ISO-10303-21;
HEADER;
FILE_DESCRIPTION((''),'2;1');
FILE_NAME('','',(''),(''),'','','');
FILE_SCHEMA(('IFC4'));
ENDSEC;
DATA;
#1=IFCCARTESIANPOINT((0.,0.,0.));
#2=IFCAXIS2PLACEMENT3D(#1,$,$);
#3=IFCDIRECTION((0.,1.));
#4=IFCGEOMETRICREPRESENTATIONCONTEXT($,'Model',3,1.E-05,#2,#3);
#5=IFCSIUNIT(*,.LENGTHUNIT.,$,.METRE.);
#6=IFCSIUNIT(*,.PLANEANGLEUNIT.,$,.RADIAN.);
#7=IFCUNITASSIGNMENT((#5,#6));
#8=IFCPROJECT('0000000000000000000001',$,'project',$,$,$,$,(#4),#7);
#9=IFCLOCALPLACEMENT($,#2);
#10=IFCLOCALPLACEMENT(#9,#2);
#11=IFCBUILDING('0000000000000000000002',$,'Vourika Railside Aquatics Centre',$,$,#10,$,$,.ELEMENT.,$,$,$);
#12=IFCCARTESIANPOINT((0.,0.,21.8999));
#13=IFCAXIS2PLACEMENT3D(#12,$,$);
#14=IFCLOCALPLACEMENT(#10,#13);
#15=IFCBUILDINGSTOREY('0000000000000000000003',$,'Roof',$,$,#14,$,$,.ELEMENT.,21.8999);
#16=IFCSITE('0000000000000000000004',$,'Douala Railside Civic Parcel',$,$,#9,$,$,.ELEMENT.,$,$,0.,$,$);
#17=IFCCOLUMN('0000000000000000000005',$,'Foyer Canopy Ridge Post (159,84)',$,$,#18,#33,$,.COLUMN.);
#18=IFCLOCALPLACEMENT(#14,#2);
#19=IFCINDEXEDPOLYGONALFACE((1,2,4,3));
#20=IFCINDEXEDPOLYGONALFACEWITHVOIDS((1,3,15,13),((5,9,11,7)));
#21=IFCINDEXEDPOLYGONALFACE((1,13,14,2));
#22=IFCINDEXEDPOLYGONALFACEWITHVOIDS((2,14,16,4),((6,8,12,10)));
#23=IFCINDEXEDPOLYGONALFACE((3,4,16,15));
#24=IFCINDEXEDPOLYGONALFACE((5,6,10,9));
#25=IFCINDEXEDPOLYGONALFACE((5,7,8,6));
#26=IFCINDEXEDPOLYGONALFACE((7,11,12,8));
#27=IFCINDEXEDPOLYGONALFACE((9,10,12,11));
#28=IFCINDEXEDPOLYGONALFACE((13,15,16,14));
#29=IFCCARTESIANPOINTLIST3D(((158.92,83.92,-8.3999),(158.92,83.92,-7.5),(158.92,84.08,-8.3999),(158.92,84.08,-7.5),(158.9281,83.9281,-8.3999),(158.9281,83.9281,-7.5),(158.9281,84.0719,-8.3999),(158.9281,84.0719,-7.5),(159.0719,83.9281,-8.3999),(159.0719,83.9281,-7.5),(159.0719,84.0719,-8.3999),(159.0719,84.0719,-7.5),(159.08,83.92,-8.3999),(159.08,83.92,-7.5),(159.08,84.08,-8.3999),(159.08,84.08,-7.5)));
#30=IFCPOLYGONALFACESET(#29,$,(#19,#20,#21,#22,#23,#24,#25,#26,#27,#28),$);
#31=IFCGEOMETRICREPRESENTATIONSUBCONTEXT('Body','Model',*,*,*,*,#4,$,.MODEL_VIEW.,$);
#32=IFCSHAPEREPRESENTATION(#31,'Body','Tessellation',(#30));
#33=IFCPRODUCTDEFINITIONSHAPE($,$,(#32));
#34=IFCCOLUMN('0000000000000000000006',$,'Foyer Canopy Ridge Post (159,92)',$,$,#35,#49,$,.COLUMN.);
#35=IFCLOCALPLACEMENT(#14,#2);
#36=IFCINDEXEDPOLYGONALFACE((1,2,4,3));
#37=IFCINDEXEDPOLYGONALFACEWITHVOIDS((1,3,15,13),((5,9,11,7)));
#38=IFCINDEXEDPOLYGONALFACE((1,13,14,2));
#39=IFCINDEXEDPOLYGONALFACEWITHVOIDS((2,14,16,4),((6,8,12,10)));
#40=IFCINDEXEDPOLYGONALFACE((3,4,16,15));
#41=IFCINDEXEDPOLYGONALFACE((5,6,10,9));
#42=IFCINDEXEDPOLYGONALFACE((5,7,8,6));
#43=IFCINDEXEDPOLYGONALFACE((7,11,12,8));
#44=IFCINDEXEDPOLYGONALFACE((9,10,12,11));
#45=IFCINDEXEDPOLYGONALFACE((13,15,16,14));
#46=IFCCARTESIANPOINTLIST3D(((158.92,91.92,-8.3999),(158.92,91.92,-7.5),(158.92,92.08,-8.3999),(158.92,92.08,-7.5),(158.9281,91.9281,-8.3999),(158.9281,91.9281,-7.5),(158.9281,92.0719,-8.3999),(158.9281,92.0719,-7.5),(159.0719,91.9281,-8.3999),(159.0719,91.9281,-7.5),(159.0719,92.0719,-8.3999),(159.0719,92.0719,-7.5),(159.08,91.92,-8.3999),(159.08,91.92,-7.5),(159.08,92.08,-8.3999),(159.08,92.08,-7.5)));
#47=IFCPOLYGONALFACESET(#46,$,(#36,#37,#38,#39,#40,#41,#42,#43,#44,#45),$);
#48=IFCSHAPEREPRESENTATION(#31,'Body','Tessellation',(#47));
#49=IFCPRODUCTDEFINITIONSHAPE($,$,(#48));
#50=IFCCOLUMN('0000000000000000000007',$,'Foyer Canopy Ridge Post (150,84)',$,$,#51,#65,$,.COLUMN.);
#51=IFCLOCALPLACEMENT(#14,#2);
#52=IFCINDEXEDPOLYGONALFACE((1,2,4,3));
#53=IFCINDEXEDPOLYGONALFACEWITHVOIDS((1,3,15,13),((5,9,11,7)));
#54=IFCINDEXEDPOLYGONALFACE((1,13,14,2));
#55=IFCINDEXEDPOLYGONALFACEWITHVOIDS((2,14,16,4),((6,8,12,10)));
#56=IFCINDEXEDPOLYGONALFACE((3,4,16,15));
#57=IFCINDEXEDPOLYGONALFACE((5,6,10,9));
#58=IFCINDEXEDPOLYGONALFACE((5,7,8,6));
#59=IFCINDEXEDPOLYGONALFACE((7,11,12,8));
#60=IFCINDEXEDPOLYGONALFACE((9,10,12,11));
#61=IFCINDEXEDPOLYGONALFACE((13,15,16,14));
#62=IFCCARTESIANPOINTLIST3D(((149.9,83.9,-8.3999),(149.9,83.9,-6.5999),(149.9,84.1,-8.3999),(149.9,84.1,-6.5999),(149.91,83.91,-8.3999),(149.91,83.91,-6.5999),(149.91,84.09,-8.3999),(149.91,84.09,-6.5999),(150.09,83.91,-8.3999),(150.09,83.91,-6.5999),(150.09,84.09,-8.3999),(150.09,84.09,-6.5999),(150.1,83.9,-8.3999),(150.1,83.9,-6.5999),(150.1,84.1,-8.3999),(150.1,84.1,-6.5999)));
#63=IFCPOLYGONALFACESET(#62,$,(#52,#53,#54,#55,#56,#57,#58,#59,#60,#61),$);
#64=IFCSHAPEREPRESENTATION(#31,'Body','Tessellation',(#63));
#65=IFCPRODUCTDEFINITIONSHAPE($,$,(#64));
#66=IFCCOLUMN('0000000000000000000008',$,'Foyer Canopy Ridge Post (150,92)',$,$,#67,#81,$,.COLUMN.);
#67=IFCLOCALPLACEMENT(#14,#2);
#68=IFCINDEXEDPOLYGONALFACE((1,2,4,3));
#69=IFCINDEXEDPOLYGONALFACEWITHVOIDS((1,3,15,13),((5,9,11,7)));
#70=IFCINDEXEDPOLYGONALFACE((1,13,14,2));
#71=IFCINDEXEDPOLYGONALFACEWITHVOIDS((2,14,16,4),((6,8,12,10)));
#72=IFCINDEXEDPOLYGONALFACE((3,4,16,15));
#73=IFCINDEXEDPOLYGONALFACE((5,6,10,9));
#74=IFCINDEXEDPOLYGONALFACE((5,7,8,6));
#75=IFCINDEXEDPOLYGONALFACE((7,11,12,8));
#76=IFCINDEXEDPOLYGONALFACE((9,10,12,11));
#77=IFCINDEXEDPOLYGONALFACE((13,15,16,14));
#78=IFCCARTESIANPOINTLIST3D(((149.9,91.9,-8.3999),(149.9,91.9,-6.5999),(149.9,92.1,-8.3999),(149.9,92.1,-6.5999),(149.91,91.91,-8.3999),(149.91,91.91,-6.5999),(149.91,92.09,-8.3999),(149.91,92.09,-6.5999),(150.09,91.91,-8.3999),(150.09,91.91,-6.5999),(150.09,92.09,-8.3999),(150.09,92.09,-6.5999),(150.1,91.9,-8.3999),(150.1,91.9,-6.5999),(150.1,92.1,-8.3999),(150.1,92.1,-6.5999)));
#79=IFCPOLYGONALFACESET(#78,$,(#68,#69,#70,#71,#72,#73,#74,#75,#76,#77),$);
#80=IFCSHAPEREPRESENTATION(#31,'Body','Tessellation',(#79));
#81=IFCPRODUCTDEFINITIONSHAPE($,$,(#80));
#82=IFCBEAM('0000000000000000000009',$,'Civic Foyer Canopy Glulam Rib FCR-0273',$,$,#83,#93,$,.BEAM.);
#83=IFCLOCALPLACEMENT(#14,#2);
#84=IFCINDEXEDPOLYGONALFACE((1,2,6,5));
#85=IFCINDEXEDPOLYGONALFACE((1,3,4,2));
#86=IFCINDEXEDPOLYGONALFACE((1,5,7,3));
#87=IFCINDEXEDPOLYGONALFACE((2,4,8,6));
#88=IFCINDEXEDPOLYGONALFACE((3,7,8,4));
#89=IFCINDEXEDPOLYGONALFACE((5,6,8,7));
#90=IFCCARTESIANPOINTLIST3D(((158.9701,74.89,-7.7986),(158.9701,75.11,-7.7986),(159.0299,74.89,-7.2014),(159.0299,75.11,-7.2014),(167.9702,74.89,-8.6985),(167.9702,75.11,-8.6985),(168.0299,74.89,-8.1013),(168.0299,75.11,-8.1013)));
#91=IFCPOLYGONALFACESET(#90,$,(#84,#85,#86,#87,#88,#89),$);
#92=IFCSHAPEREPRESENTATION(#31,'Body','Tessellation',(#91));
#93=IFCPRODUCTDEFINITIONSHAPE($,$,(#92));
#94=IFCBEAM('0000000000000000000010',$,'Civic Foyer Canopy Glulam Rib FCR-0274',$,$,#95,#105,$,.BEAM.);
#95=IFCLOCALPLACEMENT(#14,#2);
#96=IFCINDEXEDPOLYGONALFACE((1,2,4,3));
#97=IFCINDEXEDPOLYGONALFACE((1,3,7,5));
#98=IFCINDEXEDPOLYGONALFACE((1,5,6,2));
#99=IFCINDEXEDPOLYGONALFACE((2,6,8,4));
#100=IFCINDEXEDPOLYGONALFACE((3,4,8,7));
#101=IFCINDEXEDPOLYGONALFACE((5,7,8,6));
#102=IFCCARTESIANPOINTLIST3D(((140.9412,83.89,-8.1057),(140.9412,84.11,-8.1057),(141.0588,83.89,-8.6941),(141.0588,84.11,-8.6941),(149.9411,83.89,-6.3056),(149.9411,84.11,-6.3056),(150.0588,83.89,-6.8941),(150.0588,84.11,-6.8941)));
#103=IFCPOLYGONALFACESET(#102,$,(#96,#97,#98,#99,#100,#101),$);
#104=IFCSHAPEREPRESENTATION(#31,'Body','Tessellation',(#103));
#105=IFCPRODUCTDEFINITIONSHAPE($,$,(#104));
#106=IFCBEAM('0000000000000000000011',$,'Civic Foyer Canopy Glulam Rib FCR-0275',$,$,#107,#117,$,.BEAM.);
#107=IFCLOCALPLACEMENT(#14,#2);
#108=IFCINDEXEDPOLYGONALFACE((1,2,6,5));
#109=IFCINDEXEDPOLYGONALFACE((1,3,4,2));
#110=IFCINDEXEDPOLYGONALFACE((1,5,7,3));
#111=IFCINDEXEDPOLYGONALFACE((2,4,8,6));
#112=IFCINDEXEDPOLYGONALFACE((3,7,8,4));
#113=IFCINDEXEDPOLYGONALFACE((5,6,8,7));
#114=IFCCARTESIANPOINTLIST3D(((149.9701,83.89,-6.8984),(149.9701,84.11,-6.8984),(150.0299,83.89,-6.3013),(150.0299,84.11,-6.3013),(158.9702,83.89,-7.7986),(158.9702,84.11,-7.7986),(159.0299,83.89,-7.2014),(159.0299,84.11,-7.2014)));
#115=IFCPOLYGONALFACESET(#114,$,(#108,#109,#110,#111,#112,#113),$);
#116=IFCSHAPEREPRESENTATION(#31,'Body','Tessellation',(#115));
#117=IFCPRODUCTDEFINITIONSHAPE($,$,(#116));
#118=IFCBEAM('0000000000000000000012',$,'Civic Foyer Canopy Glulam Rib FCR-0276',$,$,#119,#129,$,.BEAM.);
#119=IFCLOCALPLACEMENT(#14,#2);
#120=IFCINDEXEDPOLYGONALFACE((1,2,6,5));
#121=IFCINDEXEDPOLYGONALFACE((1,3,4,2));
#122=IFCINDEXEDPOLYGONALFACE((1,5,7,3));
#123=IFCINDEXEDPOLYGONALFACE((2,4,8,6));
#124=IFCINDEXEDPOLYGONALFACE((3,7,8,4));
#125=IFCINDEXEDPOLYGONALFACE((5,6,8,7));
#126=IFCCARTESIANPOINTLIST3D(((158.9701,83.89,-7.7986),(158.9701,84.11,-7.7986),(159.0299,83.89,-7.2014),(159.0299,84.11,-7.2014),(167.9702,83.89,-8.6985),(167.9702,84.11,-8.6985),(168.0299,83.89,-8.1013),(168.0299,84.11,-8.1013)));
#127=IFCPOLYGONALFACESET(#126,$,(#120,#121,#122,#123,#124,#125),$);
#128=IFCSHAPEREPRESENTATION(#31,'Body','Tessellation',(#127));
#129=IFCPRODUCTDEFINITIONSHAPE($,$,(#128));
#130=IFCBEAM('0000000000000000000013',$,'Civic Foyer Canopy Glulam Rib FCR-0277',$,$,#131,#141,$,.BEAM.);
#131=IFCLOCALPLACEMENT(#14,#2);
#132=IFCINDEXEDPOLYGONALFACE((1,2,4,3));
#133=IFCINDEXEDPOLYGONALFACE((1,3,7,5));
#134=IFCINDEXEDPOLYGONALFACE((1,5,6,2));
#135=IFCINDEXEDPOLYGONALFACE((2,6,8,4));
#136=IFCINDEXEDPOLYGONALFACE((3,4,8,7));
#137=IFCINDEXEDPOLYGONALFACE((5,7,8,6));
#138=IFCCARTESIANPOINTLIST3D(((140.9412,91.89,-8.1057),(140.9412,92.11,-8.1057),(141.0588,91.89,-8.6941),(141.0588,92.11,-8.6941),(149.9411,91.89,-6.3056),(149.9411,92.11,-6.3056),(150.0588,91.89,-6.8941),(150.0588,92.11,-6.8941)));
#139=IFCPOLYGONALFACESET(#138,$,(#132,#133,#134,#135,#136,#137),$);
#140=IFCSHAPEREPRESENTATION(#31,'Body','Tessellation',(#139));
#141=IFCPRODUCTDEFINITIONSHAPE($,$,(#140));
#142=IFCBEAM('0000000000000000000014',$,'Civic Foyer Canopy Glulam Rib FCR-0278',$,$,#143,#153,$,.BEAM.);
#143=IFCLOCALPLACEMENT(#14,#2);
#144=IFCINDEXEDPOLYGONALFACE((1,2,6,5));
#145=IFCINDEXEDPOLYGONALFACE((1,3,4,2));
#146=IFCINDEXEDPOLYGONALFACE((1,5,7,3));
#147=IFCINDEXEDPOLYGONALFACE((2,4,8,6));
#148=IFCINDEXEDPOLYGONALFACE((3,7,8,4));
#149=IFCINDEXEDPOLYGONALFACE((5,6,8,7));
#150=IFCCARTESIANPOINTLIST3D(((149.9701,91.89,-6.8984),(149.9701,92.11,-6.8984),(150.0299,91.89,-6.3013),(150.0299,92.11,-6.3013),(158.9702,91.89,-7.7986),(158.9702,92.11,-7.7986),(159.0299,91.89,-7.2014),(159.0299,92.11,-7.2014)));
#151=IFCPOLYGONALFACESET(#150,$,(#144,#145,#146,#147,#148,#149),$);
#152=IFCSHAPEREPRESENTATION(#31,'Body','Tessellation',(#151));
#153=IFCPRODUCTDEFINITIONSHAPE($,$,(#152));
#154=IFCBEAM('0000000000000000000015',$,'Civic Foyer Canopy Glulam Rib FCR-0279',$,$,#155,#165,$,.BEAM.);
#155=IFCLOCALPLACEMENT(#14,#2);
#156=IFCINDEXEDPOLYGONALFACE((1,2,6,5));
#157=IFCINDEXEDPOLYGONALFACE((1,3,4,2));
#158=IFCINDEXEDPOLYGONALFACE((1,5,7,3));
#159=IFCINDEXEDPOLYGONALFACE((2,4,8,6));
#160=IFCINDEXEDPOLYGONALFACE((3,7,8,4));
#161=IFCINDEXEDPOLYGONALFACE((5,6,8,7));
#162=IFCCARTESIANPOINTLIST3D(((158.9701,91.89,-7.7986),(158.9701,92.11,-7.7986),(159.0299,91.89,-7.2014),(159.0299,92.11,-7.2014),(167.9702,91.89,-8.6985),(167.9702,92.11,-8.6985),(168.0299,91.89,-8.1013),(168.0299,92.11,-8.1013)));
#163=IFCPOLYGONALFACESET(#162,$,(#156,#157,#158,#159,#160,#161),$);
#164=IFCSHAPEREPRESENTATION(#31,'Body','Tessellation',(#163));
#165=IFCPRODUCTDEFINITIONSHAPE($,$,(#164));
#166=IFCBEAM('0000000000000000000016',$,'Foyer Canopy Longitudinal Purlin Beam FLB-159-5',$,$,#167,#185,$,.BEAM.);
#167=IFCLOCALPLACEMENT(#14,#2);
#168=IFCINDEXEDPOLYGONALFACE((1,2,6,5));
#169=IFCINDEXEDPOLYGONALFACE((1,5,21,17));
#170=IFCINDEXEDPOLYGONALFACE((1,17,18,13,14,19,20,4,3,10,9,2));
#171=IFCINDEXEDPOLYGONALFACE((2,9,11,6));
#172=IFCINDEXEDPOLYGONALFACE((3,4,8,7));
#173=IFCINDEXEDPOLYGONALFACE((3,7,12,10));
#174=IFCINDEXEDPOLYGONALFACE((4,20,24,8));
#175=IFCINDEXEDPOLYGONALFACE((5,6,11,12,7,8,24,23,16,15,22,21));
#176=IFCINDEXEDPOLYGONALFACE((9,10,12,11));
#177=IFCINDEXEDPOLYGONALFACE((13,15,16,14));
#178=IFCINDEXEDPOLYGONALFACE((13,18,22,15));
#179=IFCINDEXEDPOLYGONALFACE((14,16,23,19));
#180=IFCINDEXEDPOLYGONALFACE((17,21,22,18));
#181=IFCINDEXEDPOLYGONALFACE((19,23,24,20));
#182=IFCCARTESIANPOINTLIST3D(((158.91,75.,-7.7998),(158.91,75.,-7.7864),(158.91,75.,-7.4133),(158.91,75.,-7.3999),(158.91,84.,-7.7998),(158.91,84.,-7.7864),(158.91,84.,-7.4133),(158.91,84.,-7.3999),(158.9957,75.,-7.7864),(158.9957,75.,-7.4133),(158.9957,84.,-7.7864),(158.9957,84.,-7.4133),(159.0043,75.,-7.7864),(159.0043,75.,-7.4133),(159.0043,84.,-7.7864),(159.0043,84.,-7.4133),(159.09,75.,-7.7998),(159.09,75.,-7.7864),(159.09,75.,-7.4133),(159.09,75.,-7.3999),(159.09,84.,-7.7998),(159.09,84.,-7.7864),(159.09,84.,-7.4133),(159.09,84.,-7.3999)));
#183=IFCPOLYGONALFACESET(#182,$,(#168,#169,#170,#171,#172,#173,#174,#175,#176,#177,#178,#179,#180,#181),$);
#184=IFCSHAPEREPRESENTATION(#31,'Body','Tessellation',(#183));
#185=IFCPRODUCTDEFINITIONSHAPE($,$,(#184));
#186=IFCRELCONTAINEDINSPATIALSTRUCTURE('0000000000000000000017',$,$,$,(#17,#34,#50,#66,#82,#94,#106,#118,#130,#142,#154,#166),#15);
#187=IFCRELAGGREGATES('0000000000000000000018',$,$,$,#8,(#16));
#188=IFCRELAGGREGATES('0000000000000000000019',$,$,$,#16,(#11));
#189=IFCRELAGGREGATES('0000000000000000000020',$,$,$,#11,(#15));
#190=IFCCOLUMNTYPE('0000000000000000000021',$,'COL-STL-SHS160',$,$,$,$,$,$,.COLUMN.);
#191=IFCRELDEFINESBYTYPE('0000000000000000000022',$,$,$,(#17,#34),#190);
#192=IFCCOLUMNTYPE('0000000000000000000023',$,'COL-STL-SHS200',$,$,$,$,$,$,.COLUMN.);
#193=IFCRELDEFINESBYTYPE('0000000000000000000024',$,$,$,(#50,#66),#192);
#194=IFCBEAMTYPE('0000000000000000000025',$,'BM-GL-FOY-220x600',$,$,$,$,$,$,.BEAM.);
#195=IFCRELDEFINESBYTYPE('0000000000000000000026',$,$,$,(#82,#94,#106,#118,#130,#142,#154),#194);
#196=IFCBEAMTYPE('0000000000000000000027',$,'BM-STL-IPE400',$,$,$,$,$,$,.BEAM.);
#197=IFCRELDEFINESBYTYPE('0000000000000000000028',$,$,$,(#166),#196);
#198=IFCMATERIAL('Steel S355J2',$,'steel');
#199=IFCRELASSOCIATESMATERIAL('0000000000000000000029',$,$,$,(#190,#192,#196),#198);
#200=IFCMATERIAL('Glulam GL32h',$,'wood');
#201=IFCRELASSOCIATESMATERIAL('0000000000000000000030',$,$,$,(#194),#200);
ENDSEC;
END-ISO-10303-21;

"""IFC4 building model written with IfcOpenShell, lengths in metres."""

from ifc_helpers import new_model, si_unit, direction, frame, origin, origin_2d, place, context, subcontext, project, spatial, rectangle, hollow_rectangle, i_section, extrude, material, material_profile, profile_set, type_object, element, save


model = new_model("IFC4")

# Units and contexts
model_context = context("Model", 3, precision=1e-05, world=origin(), true_north=direction((0.0, 1.0)))
body_context = subcontext(model_context, "Body", "Model", "MODEL_VIEW")
ifc_project = project(units=[si_unit("LENGTHUNIT", "METRE"), si_unit("PLANEANGLEUNIT", "RADIAN")], contexts=[model_context])

# Site, building, storey
site_placement = place(None, origin())
site = spatial("IfcSite", under=ifc_project, at=site_placement, Name="Douala Railside Civic Parcel", CompositionType="ELEMENT", RefElevation=0.0)
building_placement = place(site_placement, origin())
building = spatial("IfcBuilding", under=site, at=building_placement, Name="Vourika Railside Aquatics Centre", CompositionType="ELEMENT")
storey_placement = place(building_placement, frame((0.0, 0.0, 21.8999)))
storey = spatial("IfcBuildingStorey", under=building, at=storey_placement, Name="Roof", CompositionType="ELEMENT", Elevation=21.8999)

# Columns
ifc_material_1 = material(Name="Steel S355J2", Category="steel")
ifc_material_profile_1 = material_profile(ifc_material_1, hollow_rectangle(XDim=0.1599, YDim=0.1599, WallThickness=0.0081, at=origin_2d()), Name="SHS 160x160x8")
ifc_profile_set_1 = profile_set([ifc_material_profile_1], Name="Steel S355J2")
column_type_1 = type_object("IfcColumnType", Name="COL-STL-SHS160", PredefinedType="COLUMN", material=ifc_profile_set_1)
for number, where, z_axis, x_axis, name in (
    (1, (159.0, 84.0, -8.3999), (0.0, 0.0, 1.0), (1.0, 0.0, 0.0), "Foyer Canopy Ridge Post (159,84)"),
    (2, (159.0, 92.0, -8.3999), (0.0, 0.0, 1.0), (1.0, 0.0, 0.0), "Foyer Canopy Ridge Post (159,92)"),
):
    element("IfcColumn", number, at=place(storey_placement, frame(where, z_axis=z_axis, x_axis=x_axis)), inside=storey, type_object=column_type_1, Name=name, PredefinedType="COLUMN", context=body_context, shape_type="SweptSolid", body=[
        extrude(hollow_rectangle(XDim=0.1599, YDim=0.1599, WallThickness=0.0081, at=origin_2d()), origin(), (0.0, 0.0, 1.0), 0.8999),
    ])
ifc_material_profile_2 = material_profile(ifc_material_1, hollow_rectangle(XDim=0.2, YDim=0.2, WallThickness=0.01, at=origin_2d()), Name="SHS 200x200x10")
ifc_profile_set_2 = profile_set([ifc_material_profile_2], Name="Steel S355J2")
column_type_2 = type_object("IfcColumnType", Name="COL-STL-SHS200", PredefinedType="COLUMN", material=ifc_profile_set_2)
for number, where, z_axis, x_axis, name in (
    (3, (150.0, 84.0, -8.3999), (0.0, 0.0, 1.0), (1.0, 0.0, 0.0), "Foyer Canopy Ridge Post (150,84)"),
    (4, (150.0, 92.0, -8.3999), (0.0, 0.0, 1.0), (1.0, 0.0, 0.0), "Foyer Canopy Ridge Post (150,92)"),
):
    element("IfcColumn", number, at=place(storey_placement, frame(where, z_axis=z_axis, x_axis=x_axis)), inside=storey, type_object=column_type_2, Name=name, PredefinedType="COLUMN", context=body_context, shape_type="SweptSolid", body=[
        extrude(hollow_rectangle(XDim=0.2, YDim=0.2, WallThickness=0.01, at=origin_2d()), origin(), (0.0, 0.0, 1.0), 1.8),
    ])

# Beams
ifc_material_2 = material(Name="Glulam GL32h", Category="wood")
ifc_material_profile_3 = material_profile(ifc_material_2, rectangle(XDim=0.22, YDim=0.6001, at=origin_2d()), Name="GL32h 220x600")
ifc_profile_set_3 = profile_set([ifc_material_profile_3], Name="Glulam GL32h")
beam_type_1 = type_object("IfcBeamType", Name="BM-GL-FOY-220x600", PredefinedType="BEAM", material=ifc_profile_set_3)
beam_1_placement = place(storey_placement, frame((159.0, 75.0, -7.5), z_axis=(0.995038, 0.0, -0.099493), x_axis=(0.0, 1.0, 0.0)))
element("IfcBeam", 5, at=beam_1_placement, inside=storey, type_object=beam_type_1, Name="Civic Foyer Canopy Glulam Rib FCR-0273", PredefinedType="BEAM", context=body_context, shape_type="SweptSolid", body=[
    extrude(rectangle(XDim=0.22, YDim=0.6001, at=origin_2d()), origin(), (0.0, 0.0, 1.0), 9.0449),
])
beam_2_placement = place(storey_placement, frame((141.0, 84.0, -8.3999), z_axis=(0.98058, 0.0, 0.196121), x_axis=(0.0, 1.0, 0.0)))
element("IfcBeam", 6, at=beam_2_placement, inside=storey, type_object=beam_type_1, Name="Civic Foyer Canopy Glulam Rib FCR-0274", PredefinedType="BEAM", context=body_context, shape_type="SweptSolid", body=[
    extrude(rectangle(XDim=0.22, YDim=0.6001, at=origin_2d()), origin(), (0.0, 0.0, 1.0), 9.1782),
])
for number, where, z_axis, x_axis, name in (
    (7, (150.0, 84.0, -6.5999), (0.995036, 0.0, -0.09952), (0.0, 1.0, 0.0), "Civic Foyer Canopy Glulam Rib FCR-0275"),
    (8, (159.0, 84.0, -7.5), (0.995038, 0.0, -0.099493), (0.0, 1.0, 0.0), "Civic Foyer Canopy Glulam Rib FCR-0276"),
):
    element("IfcBeam", number, at=place(storey_placement, frame(where, z_axis=z_axis, x_axis=x_axis)), inside=storey, type_object=beam_type_1, Name=name, PredefinedType="BEAM", context=body_context, shape_type="SweptSolid", body=[
        extrude(rectangle(XDim=0.22, YDim=0.6001, at=origin_2d()), origin(), (0.0, 0.0, 1.0), 9.0449),
    ])
beam_3_placement = place(storey_placement, frame((141.0, 92.0, -8.3999), z_axis=(0.98058, 0.0, 0.196121), x_axis=(0.0, 1.0, 0.0)))
element("IfcBeam", 9, at=beam_3_placement, inside=storey, type_object=beam_type_1, Name="Civic Foyer Canopy Glulam Rib FCR-0277", PredefinedType="BEAM", context=body_context, shape_type="SweptSolid", body=[
    extrude(rectangle(XDim=0.22, YDim=0.6001, at=origin_2d()), origin(), (0.0, 0.0, 1.0), 9.1782),
])
for number, where, z_axis, x_axis, name in (
    (10, (150.0, 92.0, -6.5999), (0.995036, 0.0, -0.09952), (0.0, 1.0, 0.0), "Civic Foyer Canopy Glulam Rib FCR-0278"),
    (11, (159.0, 92.0, -7.5), (0.995038, 0.0, -0.099493), (0.0, 1.0, 0.0), "Civic Foyer Canopy Glulam Rib FCR-0279"),
):
    element("IfcBeam", number, at=place(storey_placement, frame(where, z_axis=z_axis, x_axis=x_axis)), inside=storey, type_object=beam_type_1, Name=name, PredefinedType="BEAM", context=body_context, shape_type="SweptSolid", body=[
        extrude(rectangle(XDim=0.22, YDim=0.6001, at=origin_2d()), origin(), (0.0, 0.0, 1.0), 9.0449),
    ])
ifc_material_profile_4 = material_profile(ifc_material_1, i_section(OverallWidth=0.1799, OverallDepth=0.3999, WebThickness=0.0085, FlangeThickness=0.0134, at=origin_2d()), Name="IPE 400")
ifc_profile_set_4 = profile_set([ifc_material_profile_4], Name="Steel S355J2")
beam_type_2 = type_object("IfcBeamType", Name="BM-STL-IPE400", PredefinedType="BEAM", material=ifc_profile_set_4)
beam_4_placement = place(storey_placement, frame((159.0, 75.0, -7.5999), z_axis=(0.0, 1.0, 0.0), x_axis=(-1.0, 0.0, 0.0)))
element("IfcBeam", 12, at=beam_4_placement, inside=storey, type_object=beam_type_2, Name="Foyer Canopy Longitudinal Purlin Beam FLB-159-5", PredefinedType="BEAM", context=body_context, shape_type="SweptSolid", body=[
    extrude(i_section(OverallWidth=0.1799, OverallDepth=0.3999, WebThickness=0.0085, FlangeThickness=0.0134, at=origin_2d()), origin(), (0.0, 0.0, 1.0), 9.0),
])

save(model, "model.ifc")
